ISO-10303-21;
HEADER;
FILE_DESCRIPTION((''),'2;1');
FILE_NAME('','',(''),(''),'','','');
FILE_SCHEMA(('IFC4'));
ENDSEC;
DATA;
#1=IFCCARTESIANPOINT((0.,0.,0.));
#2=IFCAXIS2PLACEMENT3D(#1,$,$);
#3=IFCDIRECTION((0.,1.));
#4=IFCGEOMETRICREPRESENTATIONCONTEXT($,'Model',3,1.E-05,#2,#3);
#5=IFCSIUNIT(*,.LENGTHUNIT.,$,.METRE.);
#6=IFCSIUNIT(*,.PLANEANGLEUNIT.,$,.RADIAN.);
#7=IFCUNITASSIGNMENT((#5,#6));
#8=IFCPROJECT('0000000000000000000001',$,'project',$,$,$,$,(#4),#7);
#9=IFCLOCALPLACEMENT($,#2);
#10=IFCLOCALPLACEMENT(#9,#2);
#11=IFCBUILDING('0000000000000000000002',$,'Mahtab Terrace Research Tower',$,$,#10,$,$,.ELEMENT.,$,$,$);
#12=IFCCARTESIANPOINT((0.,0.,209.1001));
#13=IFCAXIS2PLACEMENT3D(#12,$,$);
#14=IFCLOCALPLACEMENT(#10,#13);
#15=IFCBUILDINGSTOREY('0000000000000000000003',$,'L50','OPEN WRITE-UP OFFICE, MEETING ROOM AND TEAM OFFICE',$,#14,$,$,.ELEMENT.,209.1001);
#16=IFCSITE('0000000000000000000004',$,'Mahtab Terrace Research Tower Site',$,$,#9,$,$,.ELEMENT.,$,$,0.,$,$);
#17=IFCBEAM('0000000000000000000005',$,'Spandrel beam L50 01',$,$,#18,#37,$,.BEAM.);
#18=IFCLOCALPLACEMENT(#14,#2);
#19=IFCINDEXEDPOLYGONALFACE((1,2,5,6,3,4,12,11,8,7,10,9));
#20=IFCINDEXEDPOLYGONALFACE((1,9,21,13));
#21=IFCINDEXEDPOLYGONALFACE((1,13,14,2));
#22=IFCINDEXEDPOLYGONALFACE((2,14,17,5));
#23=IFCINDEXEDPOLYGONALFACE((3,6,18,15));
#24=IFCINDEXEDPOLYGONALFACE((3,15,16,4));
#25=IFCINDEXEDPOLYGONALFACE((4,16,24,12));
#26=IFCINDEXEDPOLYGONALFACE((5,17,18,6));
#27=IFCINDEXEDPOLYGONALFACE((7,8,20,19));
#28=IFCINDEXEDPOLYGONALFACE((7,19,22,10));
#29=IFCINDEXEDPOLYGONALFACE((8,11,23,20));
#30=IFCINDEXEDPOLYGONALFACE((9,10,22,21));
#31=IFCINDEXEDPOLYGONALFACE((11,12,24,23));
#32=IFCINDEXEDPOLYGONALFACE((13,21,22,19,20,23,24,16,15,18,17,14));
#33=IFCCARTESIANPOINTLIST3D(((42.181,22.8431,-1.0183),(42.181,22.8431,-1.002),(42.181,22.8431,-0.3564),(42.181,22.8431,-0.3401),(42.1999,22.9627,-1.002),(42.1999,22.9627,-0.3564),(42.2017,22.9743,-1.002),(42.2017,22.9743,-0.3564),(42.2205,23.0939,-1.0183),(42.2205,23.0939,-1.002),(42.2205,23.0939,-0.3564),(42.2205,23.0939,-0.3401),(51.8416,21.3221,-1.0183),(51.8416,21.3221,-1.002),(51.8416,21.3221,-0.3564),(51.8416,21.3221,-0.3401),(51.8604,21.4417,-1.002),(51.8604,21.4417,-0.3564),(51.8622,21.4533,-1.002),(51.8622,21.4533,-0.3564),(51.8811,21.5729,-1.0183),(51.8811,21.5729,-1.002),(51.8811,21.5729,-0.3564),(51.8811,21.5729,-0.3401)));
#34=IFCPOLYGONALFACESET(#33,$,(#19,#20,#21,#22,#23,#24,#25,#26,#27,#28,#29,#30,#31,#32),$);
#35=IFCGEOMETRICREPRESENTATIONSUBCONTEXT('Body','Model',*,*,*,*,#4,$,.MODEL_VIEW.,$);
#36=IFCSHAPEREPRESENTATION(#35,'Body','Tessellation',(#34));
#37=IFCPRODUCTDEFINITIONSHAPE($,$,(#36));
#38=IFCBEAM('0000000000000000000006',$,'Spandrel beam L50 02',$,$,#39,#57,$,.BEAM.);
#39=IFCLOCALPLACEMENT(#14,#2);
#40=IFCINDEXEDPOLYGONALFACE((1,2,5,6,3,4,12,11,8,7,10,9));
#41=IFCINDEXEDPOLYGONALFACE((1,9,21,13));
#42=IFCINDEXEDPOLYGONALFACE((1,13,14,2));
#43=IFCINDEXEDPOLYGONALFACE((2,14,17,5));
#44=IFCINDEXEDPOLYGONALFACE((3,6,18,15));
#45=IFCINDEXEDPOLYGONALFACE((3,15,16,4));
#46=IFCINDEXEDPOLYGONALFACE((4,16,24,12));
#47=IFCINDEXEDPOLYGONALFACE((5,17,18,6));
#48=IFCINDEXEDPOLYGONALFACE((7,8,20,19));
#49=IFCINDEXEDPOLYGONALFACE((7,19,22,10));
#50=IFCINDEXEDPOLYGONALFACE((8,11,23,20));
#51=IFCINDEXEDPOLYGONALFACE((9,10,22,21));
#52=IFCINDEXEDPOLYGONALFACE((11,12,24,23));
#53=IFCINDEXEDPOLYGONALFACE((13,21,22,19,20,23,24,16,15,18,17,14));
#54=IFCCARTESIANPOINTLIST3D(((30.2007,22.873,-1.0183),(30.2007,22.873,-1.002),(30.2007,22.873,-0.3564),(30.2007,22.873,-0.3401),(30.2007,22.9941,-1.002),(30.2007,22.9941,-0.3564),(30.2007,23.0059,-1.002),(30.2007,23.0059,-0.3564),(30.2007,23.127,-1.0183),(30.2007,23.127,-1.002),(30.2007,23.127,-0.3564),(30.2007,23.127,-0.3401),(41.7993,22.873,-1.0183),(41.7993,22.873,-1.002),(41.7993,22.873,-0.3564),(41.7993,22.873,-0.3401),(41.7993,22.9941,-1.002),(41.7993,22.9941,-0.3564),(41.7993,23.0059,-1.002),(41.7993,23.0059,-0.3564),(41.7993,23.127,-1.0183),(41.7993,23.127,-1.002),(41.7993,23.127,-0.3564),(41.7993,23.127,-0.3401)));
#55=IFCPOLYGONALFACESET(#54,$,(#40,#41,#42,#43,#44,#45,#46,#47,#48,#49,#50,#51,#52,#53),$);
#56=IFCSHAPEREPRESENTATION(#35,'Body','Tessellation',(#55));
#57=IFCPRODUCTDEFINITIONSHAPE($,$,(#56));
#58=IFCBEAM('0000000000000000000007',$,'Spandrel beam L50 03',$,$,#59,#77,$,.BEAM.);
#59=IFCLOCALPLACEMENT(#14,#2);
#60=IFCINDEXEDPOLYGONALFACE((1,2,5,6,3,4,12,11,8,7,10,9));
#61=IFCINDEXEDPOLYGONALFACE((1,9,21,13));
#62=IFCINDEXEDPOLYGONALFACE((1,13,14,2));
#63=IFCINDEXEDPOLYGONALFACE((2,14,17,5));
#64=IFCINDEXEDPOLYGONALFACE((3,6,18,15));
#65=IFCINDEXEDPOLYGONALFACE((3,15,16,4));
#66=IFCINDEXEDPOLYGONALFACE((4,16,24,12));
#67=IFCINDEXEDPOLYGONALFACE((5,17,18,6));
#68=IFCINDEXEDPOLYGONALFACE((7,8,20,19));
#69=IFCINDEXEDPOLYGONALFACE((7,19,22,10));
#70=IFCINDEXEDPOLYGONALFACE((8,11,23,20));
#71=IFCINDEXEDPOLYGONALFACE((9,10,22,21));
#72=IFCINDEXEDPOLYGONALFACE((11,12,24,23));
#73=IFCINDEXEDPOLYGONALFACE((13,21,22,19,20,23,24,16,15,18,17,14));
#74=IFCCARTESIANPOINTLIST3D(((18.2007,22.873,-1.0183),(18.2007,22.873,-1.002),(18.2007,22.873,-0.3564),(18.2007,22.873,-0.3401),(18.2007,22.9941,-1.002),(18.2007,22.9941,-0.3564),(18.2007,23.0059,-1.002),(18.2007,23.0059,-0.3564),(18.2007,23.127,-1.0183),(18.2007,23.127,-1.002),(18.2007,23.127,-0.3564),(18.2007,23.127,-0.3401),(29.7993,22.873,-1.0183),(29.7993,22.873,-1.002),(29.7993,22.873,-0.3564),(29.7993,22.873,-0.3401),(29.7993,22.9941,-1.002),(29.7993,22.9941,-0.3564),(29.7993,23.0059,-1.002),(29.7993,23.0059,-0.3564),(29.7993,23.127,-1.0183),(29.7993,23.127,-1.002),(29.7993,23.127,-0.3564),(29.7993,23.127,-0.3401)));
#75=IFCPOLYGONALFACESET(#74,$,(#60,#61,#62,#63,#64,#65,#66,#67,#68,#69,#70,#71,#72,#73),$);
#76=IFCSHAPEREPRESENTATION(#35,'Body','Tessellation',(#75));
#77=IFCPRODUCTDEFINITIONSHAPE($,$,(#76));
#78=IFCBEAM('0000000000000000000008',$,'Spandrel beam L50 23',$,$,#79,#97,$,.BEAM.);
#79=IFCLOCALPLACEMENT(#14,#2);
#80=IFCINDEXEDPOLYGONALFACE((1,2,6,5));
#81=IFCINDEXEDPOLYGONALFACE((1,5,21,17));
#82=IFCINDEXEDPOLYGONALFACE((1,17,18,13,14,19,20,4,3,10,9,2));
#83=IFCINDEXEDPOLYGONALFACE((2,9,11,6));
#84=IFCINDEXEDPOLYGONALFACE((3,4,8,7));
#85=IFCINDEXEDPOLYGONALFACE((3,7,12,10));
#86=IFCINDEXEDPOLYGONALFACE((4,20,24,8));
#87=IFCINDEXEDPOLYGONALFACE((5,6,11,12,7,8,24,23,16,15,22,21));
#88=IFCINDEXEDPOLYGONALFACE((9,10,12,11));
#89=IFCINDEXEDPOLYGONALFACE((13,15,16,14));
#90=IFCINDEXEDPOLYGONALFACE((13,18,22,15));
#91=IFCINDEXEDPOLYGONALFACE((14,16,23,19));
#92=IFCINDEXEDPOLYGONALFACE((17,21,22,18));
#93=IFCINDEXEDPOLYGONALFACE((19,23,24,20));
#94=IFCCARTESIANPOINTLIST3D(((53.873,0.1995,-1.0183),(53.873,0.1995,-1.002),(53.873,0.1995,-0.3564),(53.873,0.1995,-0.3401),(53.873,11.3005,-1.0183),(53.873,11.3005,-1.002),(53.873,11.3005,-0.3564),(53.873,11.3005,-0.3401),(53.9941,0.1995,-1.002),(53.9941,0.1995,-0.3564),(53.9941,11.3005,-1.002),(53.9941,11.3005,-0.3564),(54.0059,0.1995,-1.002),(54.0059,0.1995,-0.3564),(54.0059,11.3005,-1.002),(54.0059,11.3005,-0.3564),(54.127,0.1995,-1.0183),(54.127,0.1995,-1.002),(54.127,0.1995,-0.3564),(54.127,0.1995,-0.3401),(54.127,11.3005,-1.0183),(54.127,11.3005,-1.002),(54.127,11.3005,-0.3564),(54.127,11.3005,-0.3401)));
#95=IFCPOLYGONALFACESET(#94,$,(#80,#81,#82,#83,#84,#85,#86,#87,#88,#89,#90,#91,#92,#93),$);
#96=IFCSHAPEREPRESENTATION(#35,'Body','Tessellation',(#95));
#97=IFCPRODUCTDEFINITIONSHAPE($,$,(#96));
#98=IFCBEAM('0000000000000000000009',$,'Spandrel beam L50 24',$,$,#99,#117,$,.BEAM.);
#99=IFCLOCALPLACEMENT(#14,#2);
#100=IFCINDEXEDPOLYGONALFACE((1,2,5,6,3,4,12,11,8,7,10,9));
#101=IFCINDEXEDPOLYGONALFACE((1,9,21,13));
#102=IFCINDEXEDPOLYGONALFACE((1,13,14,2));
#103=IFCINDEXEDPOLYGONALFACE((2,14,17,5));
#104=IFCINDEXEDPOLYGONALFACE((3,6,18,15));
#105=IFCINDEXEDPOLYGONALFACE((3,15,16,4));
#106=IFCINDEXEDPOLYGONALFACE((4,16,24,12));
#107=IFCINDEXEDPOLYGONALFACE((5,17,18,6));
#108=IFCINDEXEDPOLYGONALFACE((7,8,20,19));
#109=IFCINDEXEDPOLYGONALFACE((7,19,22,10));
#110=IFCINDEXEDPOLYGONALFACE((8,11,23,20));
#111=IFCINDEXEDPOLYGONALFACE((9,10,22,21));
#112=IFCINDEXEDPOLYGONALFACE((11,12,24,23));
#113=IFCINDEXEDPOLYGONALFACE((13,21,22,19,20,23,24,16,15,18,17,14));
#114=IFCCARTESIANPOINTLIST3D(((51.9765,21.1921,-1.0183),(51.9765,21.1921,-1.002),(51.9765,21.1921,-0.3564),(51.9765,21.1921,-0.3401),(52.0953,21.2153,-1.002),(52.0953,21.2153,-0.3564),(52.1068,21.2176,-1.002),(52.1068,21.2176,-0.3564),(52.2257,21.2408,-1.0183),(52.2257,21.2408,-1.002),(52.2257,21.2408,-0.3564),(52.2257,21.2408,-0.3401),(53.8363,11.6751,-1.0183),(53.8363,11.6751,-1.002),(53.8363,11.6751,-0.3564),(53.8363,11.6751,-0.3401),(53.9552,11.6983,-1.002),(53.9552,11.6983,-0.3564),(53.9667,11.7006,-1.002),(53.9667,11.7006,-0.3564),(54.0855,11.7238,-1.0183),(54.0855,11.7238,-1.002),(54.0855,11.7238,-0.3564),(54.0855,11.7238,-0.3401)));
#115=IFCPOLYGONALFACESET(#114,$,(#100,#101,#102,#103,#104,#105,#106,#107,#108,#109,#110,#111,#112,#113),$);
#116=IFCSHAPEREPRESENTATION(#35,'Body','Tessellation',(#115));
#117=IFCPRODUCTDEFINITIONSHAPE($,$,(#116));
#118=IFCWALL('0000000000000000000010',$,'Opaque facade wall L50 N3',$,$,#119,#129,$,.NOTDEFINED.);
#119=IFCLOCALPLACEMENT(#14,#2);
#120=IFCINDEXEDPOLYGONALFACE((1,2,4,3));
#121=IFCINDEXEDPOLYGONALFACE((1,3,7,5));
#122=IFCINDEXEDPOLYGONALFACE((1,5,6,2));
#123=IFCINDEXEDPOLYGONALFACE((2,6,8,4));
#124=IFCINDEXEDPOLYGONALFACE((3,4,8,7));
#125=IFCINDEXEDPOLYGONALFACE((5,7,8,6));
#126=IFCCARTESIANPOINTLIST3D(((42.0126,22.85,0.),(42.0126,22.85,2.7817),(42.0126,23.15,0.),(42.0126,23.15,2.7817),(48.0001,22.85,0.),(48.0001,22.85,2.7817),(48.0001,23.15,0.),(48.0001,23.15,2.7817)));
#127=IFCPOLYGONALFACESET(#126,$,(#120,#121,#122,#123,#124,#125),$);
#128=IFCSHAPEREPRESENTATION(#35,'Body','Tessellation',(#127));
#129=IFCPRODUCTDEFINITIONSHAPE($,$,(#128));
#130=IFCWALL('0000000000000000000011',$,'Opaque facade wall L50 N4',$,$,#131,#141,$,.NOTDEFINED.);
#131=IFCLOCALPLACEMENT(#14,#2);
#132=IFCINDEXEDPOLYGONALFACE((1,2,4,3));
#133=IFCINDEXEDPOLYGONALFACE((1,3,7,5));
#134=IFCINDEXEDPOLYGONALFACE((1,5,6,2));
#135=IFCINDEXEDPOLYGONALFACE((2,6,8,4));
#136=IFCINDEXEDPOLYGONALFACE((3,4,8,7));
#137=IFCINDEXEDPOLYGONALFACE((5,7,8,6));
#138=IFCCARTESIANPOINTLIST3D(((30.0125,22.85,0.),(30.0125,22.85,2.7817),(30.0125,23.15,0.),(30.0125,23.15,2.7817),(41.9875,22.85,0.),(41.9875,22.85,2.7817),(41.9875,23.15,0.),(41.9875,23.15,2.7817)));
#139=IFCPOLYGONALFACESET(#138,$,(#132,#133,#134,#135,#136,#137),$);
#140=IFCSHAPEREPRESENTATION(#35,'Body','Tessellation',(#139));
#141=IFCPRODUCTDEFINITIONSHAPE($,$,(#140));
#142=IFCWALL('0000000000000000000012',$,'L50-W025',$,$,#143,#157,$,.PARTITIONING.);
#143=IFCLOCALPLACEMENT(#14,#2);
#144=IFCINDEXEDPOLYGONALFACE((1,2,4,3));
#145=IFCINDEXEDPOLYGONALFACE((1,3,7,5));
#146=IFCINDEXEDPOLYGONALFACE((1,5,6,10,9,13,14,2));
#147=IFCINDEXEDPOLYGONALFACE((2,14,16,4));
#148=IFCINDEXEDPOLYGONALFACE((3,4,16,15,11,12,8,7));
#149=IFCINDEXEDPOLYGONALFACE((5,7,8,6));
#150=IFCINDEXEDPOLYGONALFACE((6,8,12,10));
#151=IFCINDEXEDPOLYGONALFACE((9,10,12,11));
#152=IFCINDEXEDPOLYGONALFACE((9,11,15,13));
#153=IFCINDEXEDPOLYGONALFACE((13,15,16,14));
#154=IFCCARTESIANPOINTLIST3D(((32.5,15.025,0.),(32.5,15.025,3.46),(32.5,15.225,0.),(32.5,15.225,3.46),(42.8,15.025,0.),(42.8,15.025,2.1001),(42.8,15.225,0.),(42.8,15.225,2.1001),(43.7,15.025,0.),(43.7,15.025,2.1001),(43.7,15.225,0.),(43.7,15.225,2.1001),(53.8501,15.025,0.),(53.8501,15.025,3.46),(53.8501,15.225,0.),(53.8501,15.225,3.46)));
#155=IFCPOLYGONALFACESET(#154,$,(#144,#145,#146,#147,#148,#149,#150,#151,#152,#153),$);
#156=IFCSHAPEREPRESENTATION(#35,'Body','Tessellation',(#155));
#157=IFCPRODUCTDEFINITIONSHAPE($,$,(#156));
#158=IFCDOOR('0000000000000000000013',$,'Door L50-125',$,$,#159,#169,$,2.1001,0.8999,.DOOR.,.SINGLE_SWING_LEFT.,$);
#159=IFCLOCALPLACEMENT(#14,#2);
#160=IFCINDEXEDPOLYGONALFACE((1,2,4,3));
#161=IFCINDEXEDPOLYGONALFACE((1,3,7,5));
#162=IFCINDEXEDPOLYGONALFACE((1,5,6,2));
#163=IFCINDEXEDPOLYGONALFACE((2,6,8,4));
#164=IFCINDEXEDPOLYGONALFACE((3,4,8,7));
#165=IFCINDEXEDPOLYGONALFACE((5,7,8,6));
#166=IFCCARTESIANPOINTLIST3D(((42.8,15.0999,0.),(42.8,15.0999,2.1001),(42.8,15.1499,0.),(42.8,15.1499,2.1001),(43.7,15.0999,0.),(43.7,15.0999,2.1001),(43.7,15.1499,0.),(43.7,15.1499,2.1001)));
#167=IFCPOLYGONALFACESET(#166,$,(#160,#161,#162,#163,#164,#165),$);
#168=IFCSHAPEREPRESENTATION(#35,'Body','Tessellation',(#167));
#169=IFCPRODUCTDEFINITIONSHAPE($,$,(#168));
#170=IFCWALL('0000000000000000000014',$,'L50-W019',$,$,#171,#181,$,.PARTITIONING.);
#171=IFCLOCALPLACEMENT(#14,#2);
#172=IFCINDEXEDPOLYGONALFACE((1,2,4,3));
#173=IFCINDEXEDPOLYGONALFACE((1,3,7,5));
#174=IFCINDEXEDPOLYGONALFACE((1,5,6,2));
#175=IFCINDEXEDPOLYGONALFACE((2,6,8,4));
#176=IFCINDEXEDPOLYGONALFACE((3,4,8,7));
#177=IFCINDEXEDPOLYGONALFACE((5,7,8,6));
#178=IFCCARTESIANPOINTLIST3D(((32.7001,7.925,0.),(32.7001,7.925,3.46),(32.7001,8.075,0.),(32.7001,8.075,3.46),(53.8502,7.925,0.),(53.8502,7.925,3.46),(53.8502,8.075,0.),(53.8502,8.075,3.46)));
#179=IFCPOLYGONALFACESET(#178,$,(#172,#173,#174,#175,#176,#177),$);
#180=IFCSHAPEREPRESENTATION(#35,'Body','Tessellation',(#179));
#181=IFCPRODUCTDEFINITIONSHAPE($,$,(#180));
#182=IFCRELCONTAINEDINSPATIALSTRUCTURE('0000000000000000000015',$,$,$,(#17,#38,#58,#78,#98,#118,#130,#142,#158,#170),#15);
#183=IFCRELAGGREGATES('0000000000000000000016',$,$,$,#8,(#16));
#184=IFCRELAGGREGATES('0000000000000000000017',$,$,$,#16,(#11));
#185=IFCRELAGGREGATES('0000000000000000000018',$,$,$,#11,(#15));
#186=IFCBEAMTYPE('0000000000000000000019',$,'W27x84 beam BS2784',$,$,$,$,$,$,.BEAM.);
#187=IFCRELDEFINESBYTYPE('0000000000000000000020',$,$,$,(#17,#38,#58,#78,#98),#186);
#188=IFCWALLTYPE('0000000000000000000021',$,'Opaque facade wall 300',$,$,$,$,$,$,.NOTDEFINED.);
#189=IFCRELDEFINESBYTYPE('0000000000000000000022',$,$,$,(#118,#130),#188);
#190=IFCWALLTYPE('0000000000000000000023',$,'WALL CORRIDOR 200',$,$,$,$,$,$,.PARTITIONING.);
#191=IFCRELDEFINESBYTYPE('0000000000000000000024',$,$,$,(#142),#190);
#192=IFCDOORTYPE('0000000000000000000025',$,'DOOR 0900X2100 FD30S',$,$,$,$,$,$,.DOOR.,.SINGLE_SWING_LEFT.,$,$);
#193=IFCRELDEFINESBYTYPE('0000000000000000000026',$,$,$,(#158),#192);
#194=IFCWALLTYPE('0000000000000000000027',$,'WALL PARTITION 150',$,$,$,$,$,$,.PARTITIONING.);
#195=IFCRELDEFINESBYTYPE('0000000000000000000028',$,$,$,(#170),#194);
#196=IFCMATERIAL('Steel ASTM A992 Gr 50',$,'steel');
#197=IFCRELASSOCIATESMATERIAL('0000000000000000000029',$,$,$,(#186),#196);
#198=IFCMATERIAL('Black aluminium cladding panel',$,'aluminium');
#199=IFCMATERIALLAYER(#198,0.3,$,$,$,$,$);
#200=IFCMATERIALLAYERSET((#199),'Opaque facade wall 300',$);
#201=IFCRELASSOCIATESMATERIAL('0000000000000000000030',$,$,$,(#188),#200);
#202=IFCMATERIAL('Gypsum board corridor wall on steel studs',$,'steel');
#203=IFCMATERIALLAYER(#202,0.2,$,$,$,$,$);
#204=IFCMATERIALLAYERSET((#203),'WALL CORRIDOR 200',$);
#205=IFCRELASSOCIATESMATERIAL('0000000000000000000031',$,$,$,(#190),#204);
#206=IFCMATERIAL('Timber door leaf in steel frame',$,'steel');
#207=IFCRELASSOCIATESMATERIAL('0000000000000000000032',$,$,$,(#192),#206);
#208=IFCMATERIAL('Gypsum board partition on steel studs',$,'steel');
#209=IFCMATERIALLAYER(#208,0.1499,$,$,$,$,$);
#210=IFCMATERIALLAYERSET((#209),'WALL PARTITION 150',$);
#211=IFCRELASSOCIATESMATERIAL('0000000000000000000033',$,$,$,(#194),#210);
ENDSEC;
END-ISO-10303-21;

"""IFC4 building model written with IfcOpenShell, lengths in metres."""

from ifc_helpers import new_model, si_unit, direction, frame, frame_2d, origin, origin_2d, place, context, subcontext, project, spatial, rectangle, i_section, extrude, material, layer, layer_set, material_profile, profile_set, type_object, element, fill, save


model = new_model("IFC4")

# Units and contexts
model_context = context("Model", 3, precision=1e-05, world=origin(), true_north=direction((0.0, 1.0)))
body_context = subcontext(model_context, "Body", "Model", "MODEL_VIEW")
ifc_project = project(units=[si_unit("LENGTHUNIT", "METRE"), si_unit("PLANEANGLEUNIT", "RADIAN")], contexts=[model_context])

# Site, building, storey
site_placement = place(None, origin())
site = spatial("IfcSite", under=ifc_project, at=site_placement, Name="Mahtab Terrace Research Tower Site", CompositionType="ELEMENT", RefElevation=0.0)
building_placement = place(site_placement, origin())
building = spatial("IfcBuilding", under=site, at=building_placement, Name="Mahtab Terrace Research Tower", CompositionType="ELEMENT")
storey_placement = place(building_placement, frame((0.0, 0.0, 209.1001)))
storey = spatial("IfcBuildingStorey", under=building, at=storey_placement, Name="L50", Description="OPEN WRITE-UP OFFICE, MEETING ROOM AND TEAM OFFICE", CompositionType="ELEMENT", Elevation=209.1001)

# Shared definitions
ifc_material_1 = material(Name="Steel ASTM A992 Gr 50", Category="steel")

# Beams
ifc_material_profile_1 = material_profile(ifc_material_1, i_section(OverallWidth=0.2539, OverallDepth=0.6782, WebThickness=0.0117, FlangeThickness=0.0164, at=origin_2d()), Name="W27X84")
ifc_profile_set_1 = profile_set([ifc_material_profile_1], Name="Steel ASTM A992 Gr 50")
beam_type = type_object("IfcBeamType", Name="W27x84 beam BS2784", PredefinedType="BEAM", material=ifc_profile_set_1)
beam_1_placement = place(storey_placement, frame((51.8613, 21.4475, -0.6792), z_axis=(-0.987832, 0.155527, 0.0), x_axis=(-0.155527, -0.987832, 0.0)))
element("IfcBeam", 1, at=beam_1_placement, inside=storey, type_object=beam_type, Name="Spandrel beam L50 01", PredefinedType="BEAM", context=body_context, shape_type="SweptSolid", body=[
    extrude(i_section(OverallWidth=0.2539, OverallDepth=0.6782, WebThickness=0.0117, FlangeThickness=0.0164, at=origin_2d()), origin(), (0.0, 0.0, 1.0), 9.7795),
])
for number, where, z_axis, x_axis, name in (
    (2, (41.7993, 23.0, -0.6792), (-1.0, 0.0, 0.0), (0.0, -1.0, 0.0), "Spandrel beam L50 02"),
    (3, (29.7993, 23.0, -0.6792), (-1.0, 0.0, 0.0), (0.0, -1.0, 0.0), "Spandrel beam L50 03"),
):
    element("IfcBeam", number, at=place(storey_placement, frame(where, z_axis=z_axis, x_axis=x_axis)), inside=storey, type_object=beam_type, Name=name, PredefinedType="BEAM", context=body_context, shape_type="SweptSolid", body=[
        extrude(i_section(OverallWidth=0.2539, OverallDepth=0.6782, WebThickness=0.0117, FlangeThickness=0.0164, at=origin_2d()), origin(), (0.0, 0.0, 1.0), 11.5986),
    ])
beam_2_placement = place(storey_placement, frame((54.0, 0.1995, -0.6792), z_axis=(0.0, 1.0, 0.0), x_axis=(-1.0, 0.0, 0.0)))
element("IfcBeam", 4, at=beam_2_placement, inside=storey, type_object=beam_type, Name="Spandrel beam L50 23", PredefinedType="BEAM", context=body_context, shape_type="SweptSolid", body=[
    extrude(i_section(OverallWidth=0.2539, OverallDepth=0.6782, WebThickness=0.0117, FlangeThickness=0.0164, at=origin_2d()), origin(), (0.0, 0.0, 1.0), 11.1011),
])
beam_3_placement = place(storey_placement, frame((53.9609, 11.6995, -0.6792), z_axis=(-0.191795, 0.981435, 0.0), x_axis=(-0.981435, -0.191795, 0.0)))
element("IfcBeam", 5, at=beam_3_placement, inside=storey, type_object=beam_type, Name="Spandrel beam L50 24", PredefinedType="BEAM", context=body_context, shape_type="SweptSolid", body=[
    extrude(i_section(OverallWidth=0.2539, OverallDepth=0.6782, WebThickness=0.0117, FlangeThickness=0.0164, at=origin_2d()), origin(), (0.0, 0.0, 1.0), 9.697),
])

# Walls
ifc_material_2 = material(Name="Black aluminium cladding panel", Category="aluminium")
ifc_layer_1 = layer(ifc_material_2, 0.3)
ifc_layer_set_1 = layer_set([ifc_layer_1], Name="Opaque facade wall 300")
wall_type_1 = type_object("IfcWallType", Name="Opaque facade wall 300", PredefinedType="NOTDEFINED", material=ifc_layer_set_1)
wall_1_placement = place(storey_placement, frame((48.0, 23.0, 0.0), z_axis=(0.0, 0.0, 1.0), x_axis=(-1.0, 0.0, 0.0)))
element("IfcWall", 6, at=wall_1_placement, inside=storey, type_object=wall_type_1, Name="Opaque facade wall L50 N3", PredefinedType="NOTDEFINED", context=body_context, shape_type="SweptSolid", body=[
    extrude(rectangle(XDim=5.9875, YDim=0.3, at=frame_2d((2.9937, 0.0))), origin(), (0.0, 0.0, 1.0), 2.7817),
])
wall_2_placement = place(storey_placement, frame((41.9875, 23.0, 0.0), z_axis=(0.0, 0.0, 1.0), x_axis=(-1.0, 0.0, 0.0)))
element("IfcWall", 7, at=wall_2_placement, inside=storey, type_object=wall_type_1, Name="Opaque facade wall L50 N4", PredefinedType="NOTDEFINED", context=body_context, shape_type="SweptSolid", body=[
    extrude(rectangle(XDim=11.9751, YDim=0.3, at=frame_2d((5.9875, 0.0))), origin(), (0.0, 0.0, 1.0), 2.7817),
])

# Wall, opening, door
ifc_material_3 = material(Name="Gypsum board corridor wall on steel studs", Category="steel")
ifc_layer_2 = layer(ifc_material_3, 0.2)
ifc_layer_set_2 = layer_set([ifc_layer_2], Name="WALL CORRIDOR 200")
wall_type_2 = type_object("IfcWallType", Name="WALL CORRIDOR 200", PredefinedType="PARTITIONING", material=ifc_layer_set_2)
wall_3_placement = place(storey_placement, frame((32.5, 15.125, 0.0), z_axis=(0.0, 0.0, 1.0), x_axis=(1.0, 0.0, 0.0)))
wall_3 = element("IfcWall", 8, at=wall_3_placement, inside=storey, type_object=wall_type_2, Name="L50-W025", PredefinedType="PARTITIONING", context=body_context, shape_type="SweptSolid", body=[
    extrude(rectangle(XDim=21.3501, YDim=0.2, at=frame_2d((10.675, 0.0))), origin(), (0.0, 0.0, 1.0), 3.46),
])
opening_placement = place(wall_3_placement, frame((10.3, 0.0, 0.0)))
opening = element("IfcOpeningElement", 9, at=opening_placement, cuts=wall_3, PredefinedType="OPENING", context=body_context, shape_type="SweptSolid", body=[
    extrude(rectangle(XDim=0.8999, YDim=2.1001, at=frame_2d((0.45, 1.05))), frame((0.0, 0.1099, 0.0), z_axis=(0.0, -1.0, 0.0), x_axis=(1.0, 0.0, 0.0)), (0.0, 0.0, 1.0), 0.22),
])
ifc_material_4 = material(Name="Timber door leaf in steel frame", Category="steel")
door_type = type_object("IfcDoorType", Name="DOOR 0900X2100 FD30S", OperationType="SINGLE_SWING_LEFT", PredefinedType="DOOR", material=ifc_material_4)
door_placement = place(opening_placement, origin())
door = element("IfcDoor", 10, at=door_placement, inside=storey, type_object=door_type, Name="Door L50-125", OperationType="SINGLE_SWING_LEFT", OverallHeight=2.1001, OverallWidth=0.8999, PredefinedType="DOOR", context=body_context, shape_type="SweptSolid", body=[
    extrude(rectangle(XDim=0.8999, YDim=2.1001, at=frame_2d((0.45, 1.05))), frame((0.0, 0.0249, 0.0), z_axis=(0.0, -1.0, 0.0), x_axis=(1.0, 0.0, 0.0)), (0.0, 0.0, 1.0), 0.05),
])
fill(opening, door)

# Wall
ifc_material_5 = material(Name="Gypsum board partition on steel studs", Category="steel")
ifc_layer_3 = layer(ifc_material_5, 0.1499)
ifc_layer_set_3 = layer_set([ifc_layer_3], Name="WALL PARTITION 150")
wall_type_3 = type_object("IfcWallType", Name="WALL PARTITION 150", PredefinedType="PARTITIONING", material=ifc_layer_set_3)
wall_4_placement = place(storey_placement, frame((32.7, 8.0, 0.0), z_axis=(0.0, 0.0, 1.0), x_axis=(1.0, 0.0, 0.0)))
element("IfcWall", 11, at=wall_4_placement, inside=storey, type_object=wall_type_3, Name="L50-W019", PredefinedType="PARTITIONING", context=body_context, shape_type="SweptSolid", body=[
    extrude(rectangle(XDim=21.1501, YDim=0.1499, at=frame_2d((10.5752, 0.0))), origin(), (0.0, 0.0, 1.0), 3.46),
])

save(model, "model.ifc")
